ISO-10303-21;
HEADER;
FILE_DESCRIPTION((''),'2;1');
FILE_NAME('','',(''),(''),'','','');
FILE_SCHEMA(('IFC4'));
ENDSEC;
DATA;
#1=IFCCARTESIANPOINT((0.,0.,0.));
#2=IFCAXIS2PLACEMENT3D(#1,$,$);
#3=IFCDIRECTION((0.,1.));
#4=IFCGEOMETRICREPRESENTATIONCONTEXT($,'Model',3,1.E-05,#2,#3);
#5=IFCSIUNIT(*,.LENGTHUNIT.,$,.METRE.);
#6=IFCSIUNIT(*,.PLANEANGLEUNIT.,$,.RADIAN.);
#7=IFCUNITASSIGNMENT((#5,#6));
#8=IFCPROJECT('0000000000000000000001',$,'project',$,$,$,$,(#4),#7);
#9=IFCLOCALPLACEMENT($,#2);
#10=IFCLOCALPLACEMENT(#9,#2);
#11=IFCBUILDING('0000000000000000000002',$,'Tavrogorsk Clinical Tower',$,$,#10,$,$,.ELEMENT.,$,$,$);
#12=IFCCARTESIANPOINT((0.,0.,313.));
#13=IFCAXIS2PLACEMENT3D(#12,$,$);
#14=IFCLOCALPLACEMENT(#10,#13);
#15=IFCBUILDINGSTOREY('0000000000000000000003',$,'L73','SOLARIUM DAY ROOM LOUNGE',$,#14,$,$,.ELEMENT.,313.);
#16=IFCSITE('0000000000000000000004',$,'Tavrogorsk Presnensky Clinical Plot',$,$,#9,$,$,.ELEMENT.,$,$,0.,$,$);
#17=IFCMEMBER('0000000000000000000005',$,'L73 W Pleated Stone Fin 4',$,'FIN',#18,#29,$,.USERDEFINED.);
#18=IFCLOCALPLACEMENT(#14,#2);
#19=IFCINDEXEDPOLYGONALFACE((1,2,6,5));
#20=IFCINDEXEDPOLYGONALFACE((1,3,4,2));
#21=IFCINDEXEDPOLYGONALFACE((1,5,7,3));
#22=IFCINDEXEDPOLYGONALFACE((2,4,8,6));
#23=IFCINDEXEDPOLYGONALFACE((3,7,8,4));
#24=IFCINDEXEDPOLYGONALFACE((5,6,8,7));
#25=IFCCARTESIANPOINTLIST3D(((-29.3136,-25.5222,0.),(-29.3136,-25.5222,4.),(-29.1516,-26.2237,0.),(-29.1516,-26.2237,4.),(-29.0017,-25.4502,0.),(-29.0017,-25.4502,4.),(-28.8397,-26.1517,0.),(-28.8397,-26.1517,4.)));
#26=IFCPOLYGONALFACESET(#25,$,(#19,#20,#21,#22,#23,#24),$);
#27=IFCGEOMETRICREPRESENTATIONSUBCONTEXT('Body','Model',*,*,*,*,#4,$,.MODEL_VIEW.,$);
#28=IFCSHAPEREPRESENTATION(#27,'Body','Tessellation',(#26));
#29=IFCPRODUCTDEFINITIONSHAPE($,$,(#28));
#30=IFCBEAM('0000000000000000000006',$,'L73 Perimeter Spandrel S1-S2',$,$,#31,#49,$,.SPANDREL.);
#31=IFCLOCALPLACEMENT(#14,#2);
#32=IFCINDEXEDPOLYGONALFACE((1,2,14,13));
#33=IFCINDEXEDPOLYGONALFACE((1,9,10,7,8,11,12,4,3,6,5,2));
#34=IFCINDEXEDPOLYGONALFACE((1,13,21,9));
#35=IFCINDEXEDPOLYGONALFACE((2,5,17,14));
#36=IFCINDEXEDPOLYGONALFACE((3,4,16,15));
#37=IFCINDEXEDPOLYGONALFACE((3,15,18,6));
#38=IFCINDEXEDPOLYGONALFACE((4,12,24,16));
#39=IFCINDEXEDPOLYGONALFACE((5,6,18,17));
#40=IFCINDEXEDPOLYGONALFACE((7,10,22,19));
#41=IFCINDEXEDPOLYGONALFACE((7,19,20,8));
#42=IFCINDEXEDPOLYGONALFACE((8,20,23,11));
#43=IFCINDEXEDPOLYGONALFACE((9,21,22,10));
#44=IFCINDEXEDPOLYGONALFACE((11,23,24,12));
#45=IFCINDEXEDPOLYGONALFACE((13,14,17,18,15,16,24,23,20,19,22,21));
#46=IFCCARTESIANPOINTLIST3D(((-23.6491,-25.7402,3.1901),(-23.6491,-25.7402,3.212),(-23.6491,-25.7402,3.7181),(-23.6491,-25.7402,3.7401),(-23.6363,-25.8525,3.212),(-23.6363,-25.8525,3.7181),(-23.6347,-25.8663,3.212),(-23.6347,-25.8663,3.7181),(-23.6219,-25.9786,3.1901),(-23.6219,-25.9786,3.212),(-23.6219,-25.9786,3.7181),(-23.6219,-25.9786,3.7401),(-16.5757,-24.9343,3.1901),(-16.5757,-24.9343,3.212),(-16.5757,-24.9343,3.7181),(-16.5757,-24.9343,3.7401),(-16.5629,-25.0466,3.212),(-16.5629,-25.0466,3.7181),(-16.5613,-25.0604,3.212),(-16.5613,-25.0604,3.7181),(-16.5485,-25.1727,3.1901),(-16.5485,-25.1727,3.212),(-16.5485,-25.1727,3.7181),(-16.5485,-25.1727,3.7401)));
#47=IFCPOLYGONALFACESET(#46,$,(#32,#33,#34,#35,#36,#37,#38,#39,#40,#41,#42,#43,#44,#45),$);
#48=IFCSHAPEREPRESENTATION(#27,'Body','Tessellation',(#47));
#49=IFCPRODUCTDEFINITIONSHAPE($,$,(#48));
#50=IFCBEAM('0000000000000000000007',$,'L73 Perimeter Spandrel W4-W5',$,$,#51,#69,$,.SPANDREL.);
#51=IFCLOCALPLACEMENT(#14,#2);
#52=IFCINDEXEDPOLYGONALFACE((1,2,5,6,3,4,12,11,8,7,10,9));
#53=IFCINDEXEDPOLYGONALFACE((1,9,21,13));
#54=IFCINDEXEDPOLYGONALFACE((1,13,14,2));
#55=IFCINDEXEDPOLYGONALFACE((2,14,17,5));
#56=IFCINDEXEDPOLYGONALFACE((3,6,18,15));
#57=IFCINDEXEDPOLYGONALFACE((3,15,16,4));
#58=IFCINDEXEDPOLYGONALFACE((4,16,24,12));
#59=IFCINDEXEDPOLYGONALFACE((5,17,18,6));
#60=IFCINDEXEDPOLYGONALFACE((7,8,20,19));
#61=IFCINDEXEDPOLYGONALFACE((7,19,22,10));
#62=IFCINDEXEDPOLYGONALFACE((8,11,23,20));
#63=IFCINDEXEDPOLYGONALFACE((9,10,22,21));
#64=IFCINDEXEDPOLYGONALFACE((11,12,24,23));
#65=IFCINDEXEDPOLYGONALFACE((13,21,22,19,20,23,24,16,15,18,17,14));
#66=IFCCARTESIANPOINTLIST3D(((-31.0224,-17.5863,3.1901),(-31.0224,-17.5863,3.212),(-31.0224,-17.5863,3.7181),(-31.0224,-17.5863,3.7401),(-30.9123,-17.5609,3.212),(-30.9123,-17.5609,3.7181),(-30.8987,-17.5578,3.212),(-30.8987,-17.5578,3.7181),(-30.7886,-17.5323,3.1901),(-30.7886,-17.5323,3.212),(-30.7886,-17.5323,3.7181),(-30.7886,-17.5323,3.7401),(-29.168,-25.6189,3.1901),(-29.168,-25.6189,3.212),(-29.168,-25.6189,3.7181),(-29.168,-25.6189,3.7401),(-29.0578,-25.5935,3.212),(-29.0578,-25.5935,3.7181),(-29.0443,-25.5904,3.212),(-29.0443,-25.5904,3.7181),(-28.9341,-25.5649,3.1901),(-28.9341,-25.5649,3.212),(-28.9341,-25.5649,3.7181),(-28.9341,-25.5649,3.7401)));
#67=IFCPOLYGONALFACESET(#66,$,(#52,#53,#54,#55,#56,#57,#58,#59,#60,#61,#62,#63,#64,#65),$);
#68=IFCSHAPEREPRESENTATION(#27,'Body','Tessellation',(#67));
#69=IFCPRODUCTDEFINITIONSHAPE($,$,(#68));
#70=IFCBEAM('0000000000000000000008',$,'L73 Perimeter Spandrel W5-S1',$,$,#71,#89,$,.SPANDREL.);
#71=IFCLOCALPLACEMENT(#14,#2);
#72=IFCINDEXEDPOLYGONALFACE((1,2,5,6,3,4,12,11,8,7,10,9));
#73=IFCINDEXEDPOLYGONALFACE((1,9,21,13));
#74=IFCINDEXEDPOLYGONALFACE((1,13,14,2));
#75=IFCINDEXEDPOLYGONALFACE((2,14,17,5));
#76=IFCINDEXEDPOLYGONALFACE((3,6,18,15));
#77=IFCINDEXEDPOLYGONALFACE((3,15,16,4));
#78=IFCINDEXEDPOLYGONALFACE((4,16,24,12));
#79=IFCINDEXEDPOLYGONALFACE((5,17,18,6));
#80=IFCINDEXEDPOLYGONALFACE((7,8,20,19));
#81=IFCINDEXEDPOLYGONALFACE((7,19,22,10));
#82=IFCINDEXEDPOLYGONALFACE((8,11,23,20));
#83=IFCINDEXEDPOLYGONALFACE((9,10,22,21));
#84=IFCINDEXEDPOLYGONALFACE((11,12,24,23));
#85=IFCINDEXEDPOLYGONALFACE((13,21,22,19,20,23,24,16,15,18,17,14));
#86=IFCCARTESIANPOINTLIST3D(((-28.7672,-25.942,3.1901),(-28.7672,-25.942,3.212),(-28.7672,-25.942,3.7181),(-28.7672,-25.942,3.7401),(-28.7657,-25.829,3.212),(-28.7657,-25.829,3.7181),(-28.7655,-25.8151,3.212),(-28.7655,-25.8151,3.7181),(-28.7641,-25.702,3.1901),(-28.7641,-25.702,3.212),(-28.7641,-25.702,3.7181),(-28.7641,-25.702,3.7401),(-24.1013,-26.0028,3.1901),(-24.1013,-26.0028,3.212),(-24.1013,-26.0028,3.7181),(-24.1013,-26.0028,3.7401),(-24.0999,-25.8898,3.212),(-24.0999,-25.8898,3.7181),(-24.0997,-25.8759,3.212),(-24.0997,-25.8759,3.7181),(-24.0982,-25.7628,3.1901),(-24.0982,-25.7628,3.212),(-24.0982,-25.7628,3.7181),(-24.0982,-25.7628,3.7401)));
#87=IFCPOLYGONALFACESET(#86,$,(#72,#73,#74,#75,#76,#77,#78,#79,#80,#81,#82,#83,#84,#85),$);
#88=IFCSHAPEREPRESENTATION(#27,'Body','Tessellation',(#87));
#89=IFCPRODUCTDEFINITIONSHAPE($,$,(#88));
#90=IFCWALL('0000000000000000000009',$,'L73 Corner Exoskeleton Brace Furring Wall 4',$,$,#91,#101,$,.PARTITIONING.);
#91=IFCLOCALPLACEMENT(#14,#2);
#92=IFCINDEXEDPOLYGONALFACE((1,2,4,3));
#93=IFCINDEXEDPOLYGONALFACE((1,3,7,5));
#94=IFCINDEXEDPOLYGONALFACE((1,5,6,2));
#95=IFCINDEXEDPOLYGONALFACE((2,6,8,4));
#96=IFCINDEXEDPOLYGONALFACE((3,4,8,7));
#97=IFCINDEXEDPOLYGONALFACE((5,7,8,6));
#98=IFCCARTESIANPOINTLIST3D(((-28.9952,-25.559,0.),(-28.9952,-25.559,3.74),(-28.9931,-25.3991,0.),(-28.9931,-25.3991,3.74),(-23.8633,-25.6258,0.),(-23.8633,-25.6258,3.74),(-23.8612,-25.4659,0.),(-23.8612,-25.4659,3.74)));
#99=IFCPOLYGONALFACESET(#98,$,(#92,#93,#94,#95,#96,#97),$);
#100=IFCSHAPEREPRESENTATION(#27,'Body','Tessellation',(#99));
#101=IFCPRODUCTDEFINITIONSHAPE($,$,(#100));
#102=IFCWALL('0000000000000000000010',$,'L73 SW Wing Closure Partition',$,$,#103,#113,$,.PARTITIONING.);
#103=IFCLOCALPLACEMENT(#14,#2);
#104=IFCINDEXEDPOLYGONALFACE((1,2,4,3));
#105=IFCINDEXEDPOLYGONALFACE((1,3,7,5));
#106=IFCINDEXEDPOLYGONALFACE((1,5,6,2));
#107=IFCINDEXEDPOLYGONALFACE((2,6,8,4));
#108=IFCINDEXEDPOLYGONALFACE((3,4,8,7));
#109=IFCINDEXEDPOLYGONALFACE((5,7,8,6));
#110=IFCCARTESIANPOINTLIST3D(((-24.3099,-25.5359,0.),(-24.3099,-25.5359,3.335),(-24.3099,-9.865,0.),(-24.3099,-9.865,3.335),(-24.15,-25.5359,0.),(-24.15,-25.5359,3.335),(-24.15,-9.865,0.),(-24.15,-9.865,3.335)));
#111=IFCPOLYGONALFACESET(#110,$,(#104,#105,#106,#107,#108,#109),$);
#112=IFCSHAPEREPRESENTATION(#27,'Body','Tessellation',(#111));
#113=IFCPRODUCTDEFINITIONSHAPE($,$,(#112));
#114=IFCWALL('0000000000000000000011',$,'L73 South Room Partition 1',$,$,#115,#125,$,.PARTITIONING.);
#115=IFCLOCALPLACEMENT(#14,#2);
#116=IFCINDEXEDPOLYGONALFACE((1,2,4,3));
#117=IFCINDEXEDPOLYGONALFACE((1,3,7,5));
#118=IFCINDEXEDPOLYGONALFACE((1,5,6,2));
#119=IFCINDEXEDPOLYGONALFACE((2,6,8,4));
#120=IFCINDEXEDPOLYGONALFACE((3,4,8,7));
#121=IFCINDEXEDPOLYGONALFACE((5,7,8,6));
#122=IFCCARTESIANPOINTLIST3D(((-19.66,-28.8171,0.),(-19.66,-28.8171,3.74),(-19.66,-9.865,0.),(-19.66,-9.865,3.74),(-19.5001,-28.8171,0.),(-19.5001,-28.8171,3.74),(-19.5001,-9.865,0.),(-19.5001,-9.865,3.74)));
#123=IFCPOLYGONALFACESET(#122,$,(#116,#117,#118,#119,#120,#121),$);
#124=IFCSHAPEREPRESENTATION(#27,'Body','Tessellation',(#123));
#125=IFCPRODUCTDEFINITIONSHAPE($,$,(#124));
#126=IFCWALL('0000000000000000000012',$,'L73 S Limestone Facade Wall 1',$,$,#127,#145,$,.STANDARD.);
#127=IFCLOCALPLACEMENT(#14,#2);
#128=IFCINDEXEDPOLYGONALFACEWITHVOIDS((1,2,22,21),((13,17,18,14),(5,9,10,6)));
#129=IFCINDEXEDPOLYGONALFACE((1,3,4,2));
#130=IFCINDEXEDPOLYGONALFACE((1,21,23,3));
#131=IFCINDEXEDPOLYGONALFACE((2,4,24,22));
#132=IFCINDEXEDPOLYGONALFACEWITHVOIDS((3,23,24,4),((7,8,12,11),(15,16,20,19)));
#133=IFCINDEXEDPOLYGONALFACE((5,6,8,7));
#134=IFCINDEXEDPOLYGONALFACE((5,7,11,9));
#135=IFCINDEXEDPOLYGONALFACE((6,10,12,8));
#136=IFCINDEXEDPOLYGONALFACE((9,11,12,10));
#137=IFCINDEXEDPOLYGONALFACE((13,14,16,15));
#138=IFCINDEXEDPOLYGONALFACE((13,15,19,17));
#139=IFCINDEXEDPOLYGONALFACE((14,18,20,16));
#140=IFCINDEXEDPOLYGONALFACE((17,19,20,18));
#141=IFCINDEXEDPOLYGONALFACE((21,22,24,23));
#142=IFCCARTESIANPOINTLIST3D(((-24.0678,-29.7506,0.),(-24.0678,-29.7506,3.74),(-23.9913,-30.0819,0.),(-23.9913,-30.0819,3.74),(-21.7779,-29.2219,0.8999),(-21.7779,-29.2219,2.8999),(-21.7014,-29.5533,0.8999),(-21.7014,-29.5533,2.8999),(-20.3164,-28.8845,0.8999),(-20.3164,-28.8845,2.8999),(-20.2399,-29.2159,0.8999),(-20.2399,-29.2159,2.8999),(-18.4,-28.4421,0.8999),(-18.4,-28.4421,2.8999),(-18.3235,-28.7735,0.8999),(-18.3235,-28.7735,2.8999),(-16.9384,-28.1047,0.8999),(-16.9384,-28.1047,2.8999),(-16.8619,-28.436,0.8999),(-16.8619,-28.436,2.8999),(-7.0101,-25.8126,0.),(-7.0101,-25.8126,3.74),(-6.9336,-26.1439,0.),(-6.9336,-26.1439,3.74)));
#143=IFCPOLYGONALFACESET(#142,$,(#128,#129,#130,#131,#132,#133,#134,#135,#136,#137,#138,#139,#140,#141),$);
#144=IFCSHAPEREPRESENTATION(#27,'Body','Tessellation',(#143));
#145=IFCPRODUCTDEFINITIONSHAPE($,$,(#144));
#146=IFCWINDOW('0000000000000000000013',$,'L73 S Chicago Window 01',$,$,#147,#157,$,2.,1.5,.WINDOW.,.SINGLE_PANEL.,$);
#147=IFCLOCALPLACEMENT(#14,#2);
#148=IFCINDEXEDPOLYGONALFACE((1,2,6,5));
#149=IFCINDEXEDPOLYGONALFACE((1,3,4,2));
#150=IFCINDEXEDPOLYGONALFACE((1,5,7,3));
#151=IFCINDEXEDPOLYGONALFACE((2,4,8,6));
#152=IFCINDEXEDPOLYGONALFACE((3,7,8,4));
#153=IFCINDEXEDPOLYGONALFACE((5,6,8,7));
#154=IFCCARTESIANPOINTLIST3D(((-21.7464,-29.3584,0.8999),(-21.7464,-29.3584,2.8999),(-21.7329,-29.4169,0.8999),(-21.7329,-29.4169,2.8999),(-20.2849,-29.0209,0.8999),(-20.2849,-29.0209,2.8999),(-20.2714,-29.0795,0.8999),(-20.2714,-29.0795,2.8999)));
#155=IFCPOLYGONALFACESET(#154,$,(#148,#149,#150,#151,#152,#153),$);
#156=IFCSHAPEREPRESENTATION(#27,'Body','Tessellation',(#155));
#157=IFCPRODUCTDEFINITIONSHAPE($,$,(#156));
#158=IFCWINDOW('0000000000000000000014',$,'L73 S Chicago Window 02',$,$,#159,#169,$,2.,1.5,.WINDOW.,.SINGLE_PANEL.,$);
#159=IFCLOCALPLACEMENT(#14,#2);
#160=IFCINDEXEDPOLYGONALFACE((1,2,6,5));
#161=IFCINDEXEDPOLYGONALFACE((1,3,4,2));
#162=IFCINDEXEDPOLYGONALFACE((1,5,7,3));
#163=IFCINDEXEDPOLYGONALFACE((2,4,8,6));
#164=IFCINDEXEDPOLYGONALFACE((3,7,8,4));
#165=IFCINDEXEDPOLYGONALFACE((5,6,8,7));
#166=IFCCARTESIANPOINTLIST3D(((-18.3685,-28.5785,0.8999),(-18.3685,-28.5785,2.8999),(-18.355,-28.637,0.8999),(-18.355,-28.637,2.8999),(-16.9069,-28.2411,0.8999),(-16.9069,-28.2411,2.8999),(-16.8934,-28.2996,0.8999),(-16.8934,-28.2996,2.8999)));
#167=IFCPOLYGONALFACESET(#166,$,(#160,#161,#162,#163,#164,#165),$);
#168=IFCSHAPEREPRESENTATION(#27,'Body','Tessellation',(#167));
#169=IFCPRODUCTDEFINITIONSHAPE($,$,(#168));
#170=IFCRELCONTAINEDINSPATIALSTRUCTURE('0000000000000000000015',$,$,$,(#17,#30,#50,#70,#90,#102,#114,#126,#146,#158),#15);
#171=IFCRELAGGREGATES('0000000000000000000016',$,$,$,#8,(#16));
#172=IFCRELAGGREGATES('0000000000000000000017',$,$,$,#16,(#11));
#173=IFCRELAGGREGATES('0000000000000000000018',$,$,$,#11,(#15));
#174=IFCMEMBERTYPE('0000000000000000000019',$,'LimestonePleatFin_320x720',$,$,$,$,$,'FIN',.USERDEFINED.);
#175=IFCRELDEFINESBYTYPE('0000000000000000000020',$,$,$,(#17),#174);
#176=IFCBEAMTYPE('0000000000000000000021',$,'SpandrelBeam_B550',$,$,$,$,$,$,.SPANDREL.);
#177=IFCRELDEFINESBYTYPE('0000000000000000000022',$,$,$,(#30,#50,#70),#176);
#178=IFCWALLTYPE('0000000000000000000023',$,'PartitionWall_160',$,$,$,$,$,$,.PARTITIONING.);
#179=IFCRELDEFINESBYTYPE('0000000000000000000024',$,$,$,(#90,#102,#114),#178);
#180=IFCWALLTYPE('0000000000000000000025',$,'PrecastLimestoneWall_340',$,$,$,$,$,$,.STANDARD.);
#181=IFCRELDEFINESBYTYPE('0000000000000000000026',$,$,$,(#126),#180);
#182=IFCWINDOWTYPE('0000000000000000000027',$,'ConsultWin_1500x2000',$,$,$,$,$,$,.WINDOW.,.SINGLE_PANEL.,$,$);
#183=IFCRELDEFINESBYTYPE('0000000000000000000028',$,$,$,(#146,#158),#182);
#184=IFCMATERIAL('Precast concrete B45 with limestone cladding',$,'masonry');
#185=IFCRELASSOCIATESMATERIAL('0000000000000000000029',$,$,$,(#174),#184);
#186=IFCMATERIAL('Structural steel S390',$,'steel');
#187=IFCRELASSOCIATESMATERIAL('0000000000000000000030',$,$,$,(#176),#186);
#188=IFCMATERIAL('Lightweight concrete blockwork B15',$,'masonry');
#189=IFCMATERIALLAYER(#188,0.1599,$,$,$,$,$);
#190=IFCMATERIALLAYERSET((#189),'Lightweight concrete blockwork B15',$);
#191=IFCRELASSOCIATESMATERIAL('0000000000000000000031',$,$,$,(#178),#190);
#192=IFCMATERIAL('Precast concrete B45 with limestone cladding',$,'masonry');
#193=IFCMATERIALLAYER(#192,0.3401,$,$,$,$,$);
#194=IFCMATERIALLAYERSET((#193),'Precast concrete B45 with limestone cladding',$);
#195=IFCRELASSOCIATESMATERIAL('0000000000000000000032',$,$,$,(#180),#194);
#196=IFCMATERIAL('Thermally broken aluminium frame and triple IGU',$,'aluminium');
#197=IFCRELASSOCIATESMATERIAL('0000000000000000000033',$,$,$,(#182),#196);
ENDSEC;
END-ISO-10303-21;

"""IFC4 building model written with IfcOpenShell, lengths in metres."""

from ifc_helpers import new_model, si_unit, direction, frame, frame_2d, origin, origin_2d, place, context, subcontext, project, spatial, rectangle, i_section, extrude, material, layer, layer_set, material_profile, profile_set, type_object, element, fill, save


model = new_model("IFC4")

# Units and contexts
model_context = context("Model", 3, precision=1e-05, world=origin(), true_north=direction((0.0, 1.0)))
body_context = subcontext(model_context, "Body", "Model", "MODEL_VIEW")
ifc_project = project(units=[si_unit("LENGTHUNIT", "METRE"), si_unit("PLANEANGLEUNIT", "RADIAN")], contexts=[model_context])

# Site, building, storey
site_placement = place(None, origin())
site = spatial("IfcSite", under=ifc_project, at=site_placement, Name="Tavrogorsk Presnensky Clinical Plot", CompositionType="ELEMENT", RefElevation=0.0)
building_placement = place(site_placement, origin())
building = spatial("IfcBuilding", under=site, at=building_placement, Name="Tavrogorsk Clinical Tower", CompositionType="ELEMENT")
storey_placement = place(building_placement, frame((0.0, 0.0, 313.0)))
storey = spatial("IfcBuildingStorey", under=building, at=storey_placement, Name="L73", Description="SOLARIUM DAY ROOM LOUNGE", CompositionType="ELEMENT", Elevation=313.0)

# Member
ifc_material_1 = material(Name="Precast concrete B45 with limestone cladding", Category="masonry")
ifc_material_profile_1 = material_profile(ifc_material_1, rectangle(XDim=0.3201, YDim=0.72, at=origin_2d()), Name="LIMESTONE-FIN-320x720")
ifc_profile_set_1 = profile_set([ifc_material_profile_1], Name="Precast concrete B45 with limestone cladding")
member_type_1 = type_object("IfcMemberType", Name="LimestonePleatFin_320x720", ElementType="FIN", PredefinedType="USERDEFINED", material=ifc_profile_set_1)
for number, where, z_axis, x_axis, name in (
    (1, (-29.0767, -25.8369, 0.0), (0.0, 0.0, 1.0), (0.97437, 0.224951, 0.0), "L73 W Pleated Stone Fin 4"),
):
    element("IfcMember", number, at=place(storey_placement, frame(where, z_axis=z_axis, x_axis=x_axis)), inside=storey, type_object=member_type_1, Name=name, ObjectType="FIN", PredefinedType="USERDEFINED", context=body_context, shape_type="SweptSolid", body=[
        extrude(rectangle(XDim=0.3201, YDim=0.72, at=origin_2d()), origin(), (0.0, 0.0, 1.0), 4.0),
    ])

# Beams
ifc_material_2 = material(Name="Structural steel S390", Category="steel")
ifc_material_profile_2 = material_profile(ifc_material_2, i_section(OverallWidth=0.24, OverallDepth=0.55, WebThickness=0.0139, FlangeThickness=0.022, at=origin_2d()), Name="B-550x240x14x22")
ifc_profile_set_2 = profile_set([ifc_material_profile_2], Name="Structural steel S390")
beam_type_1 = type_object("IfcBeamType", Name="SpandrelBeam_B550", PredefinedType="SPANDREL", material=ifc_profile_set_2)
beam_1_placement = place(storey_placement, frame((-23.6355, -25.8594, 3.4651), z_axis=(0.993572, 0.113201, 0.0), x_axis=(-0.113201, 0.993572, 0.0)))
element("IfcBeam", 2, at=beam_1_placement, inside=storey, type_object=beam_type_1, Name="L73 Perimeter Spandrel S1-S2", PredefinedType="SPANDREL", context=body_context, shape_type="SweptSolid", body=[
    extrude(i_section(OverallWidth=0.24, OverallDepth=0.55, WebThickness=0.0139, FlangeThickness=0.022, at=origin_2d()), origin(), (0.0, 0.0, 1.0), 7.1191),
])
beam_2_placement = place(storey_placement, frame((-30.9055, -17.5593, 3.4651), z_axis=(0.22495, -0.97437, 0.0), x_axis=(0.97437, 0.22495, 0.0)))
element("IfcBeam", 3, at=beam_2_placement, inside=storey, type_object=beam_type_1, Name="L73 Perimeter Spandrel W4-W5", PredefinedType="SPANDREL", context=body_context, shape_type="SweptSolid", body=[
    extrude(i_section(OverallWidth=0.24, OverallDepth=0.55, WebThickness=0.0139, FlangeThickness=0.022, at=origin_2d()), origin(), (0.0, 0.0, 1.0), 8.2439),
])
beam_3_placement = place(storey_placement, frame((-28.7656, -25.822, 3.4651), z_axis=(0.999915, -0.013028, 0.0), x_axis=(0.013028, 0.999915, 0.0)))
element("IfcBeam", 4, at=beam_3_placement, inside=storey, type_object=beam_type_1, Name="L73 Perimeter Spandrel W5-S1", PredefinedType="SPANDREL", context=body_context, shape_type="SweptSolid", body=[
    extrude(i_section(OverallWidth=0.24, OverallDepth=0.55, WebThickness=0.0139, FlangeThickness=0.022, at=origin_2d()), origin(), (0.0, 0.0, 1.0), 4.6663),
])

# Walls
ifc_material_3 = material(Name="Lightweight concrete blockwork B15", Category="masonry")
ifc_layer_1 = layer(ifc_material_3, 0.1599)
ifc_layer_set_1 = layer_set([ifc_layer_1], Name="Lightweight concrete blockwork B15")
wall_type_1 = type_object("IfcWallType", Name="PartitionWall_160", PredefinedType="PARTITIONING", material=ifc_layer_set_1)
wall_1_placement = place(storey_placement, frame((-28.9941, -25.479, 0.0), z_axis=(0.0, 0.0, 1.0), x_axis=(0.999915, -0.013034, 0.0)))
element("IfcWall", 5, at=wall_1_placement, inside=storey, type_object=wall_type_1, Name="L73 Corner Exoskeleton Brace Furring Wall 4", PredefinedType="PARTITIONING", context=body_context, shape_type="SweptSolid", body=[
    extrude(rectangle(XDim=5.1323, YDim=0.1599, at=frame_2d((2.5662, 0.0))), origin(), (0.0, 0.0, 1.0), 3.74),
])
wall_2_placement = place(storey_placement, frame((-24.23, -25.5359, 0.0), z_axis=(0.0, 0.0, 1.0), x_axis=(0.0, 1.0, 0.0)))
element("IfcWall", 6, at=wall_2_placement, inside=storey, type_object=wall_type_1, Name="L73 SW Wing Closure Partition", PredefinedType="PARTITIONING", context=body_context, shape_type="SweptSolid", body=[
    extrude(rectangle(XDim=15.6709, YDim=0.1599, at=frame_2d((7.8354, 0.0))), origin(), (0.0, 0.0, 1.0), 3.335),
])
wall_3_placement = place(storey_placement, frame((-19.5801, -28.8171, 0.0), z_axis=(0.0, 0.0, 1.0), x_axis=(0.0, 1.0, 0.0)))
element("IfcWall", 7, at=wall_3_placement, inside=storey, type_object=wall_type_1, Name="L73 South Room Partition 1", PredefinedType="PARTITIONING", context=body_context, shape_type="SweptSolid", body=[
    extrude(rectangle(XDim=18.9521, YDim=0.1599, at=frame_2d((9.4761, 0.0))), origin(), (0.0, 0.0, 1.0), 3.74),
])

# Wall, openings, windows
ifc_material_4 = material(Name="Precast concrete B45 with limestone cladding", Category="masonry")
ifc_layer_2 = layer(ifc_material_4, 0.3401)
ifc_layer_set_2 = layer_set([ifc_layer_2], Name="Precast concrete B45 with limestone cladding")
wall_type_2 = type_object("IfcWallType", Name="PrecastLimestoneWall_340", PredefinedType="STANDARD", material=ifc_layer_set_2)
wall_4_placement = place(storey_placement, frame((-24.0295, -29.9163, 0.0), z_axis=(0.0, 0.0, 1.0), x_axis=(0.974371, 0.224947, 0.0)))
wall_4 = element("IfcWall", 8, at=wall_4_placement, inside=storey, type_object=wall_type_2, Name="L73 S Limestone Facade Wall 1", PredefinedType="STANDARD", context=body_context, shape_type="SweptSolid", body=[
    extrude(rectangle(XDim=17.5063, YDim=0.3401, at=frame_2d((8.7532, 0.0))), origin(), (0.0, 0.0, 1.0), 3.74),
])
opening_1_placement = place(wall_4_placement, frame((2.3501, 0.0, 0.8999)))
opening_1 = element("IfcOpeningElement", 9, at=opening_1_placement, cuts=wall_4, PredefinedType="OPENING", context=body_context, shape_type="SweptSolid", body=[
    extrude(rectangle(XDim=1.5, YDim=2.0, at=frame_2d((0.75, 1.0))), frame((0.0, 0.1799, 0.0), z_axis=(0.0, -1.0, 0.0), x_axis=(1.0, 0.0, 0.0)), (0.0, 0.0, 1.0), 0.3601),
])
opening_2_placement = place(wall_4_placement, frame((5.8169, 0.0, 0.8999)))
opening_2 = element("IfcOpeningElement", 10, at=opening_2_placement, cuts=wall_4, PredefinedType="OPENING", context=body_context, shape_type="SweptSolid", body=[
    extrude(rectangle(XDim=1.5, YDim=2.0, at=frame_2d((0.75, 1.0))), frame((0.0, 0.1799, 0.0), z_axis=(0.0, -1.0, 0.0), x_axis=(1.0, 0.0, 0.0)), (0.0, 0.0, 1.0), 0.3601),
])
ifc_material_5 = material(Name="Thermally broken aluminium frame and triple IGU", Category="aluminium")
window_type = type_object("IfcWindowType", Name="ConsultWin_1500x2000", PartitioningType="SINGLE_PANEL", PredefinedType="WINDOW", material=ifc_material_5)
window_1_placement = place(opening_1_placement, origin())
window_1 = element("IfcWindow", 11, at=window_1_placement, inside=storey, type_object=window_type, Name="L73 S Chicago Window 01", OverallHeight=2.0, OverallWidth=1.5, PartitioningType="SINGLE_PANEL", PredefinedType="WINDOW", context=body_context, shape_type="SweptSolid", body=[
    extrude(rectangle(XDim=1.5, YDim=2.0, at=frame_2d((0.75, 1.0))), frame((0.0, 0.03, 0.0), z_axis=(0.0, -1.0, 0.0), x_axis=(1.0, 0.0, 0.0)), (0.0, 0.0, 1.0), 0.0601),
])
fill(opening_1, window_1)
window_2_placement = place(opening_2_placement, origin())
window_2 = element("IfcWindow", 12, at=window_2_placement, inside=storey, type_object=window_type, Name="L73 S Chicago Window 02", OverallHeight=2.0, OverallWidth=1.5, PartitioningType="SINGLE_PANEL", PredefinedType="WINDOW", context=body_context, shape_type="SweptSolid", body=[
    extrude(rectangle(XDim=1.5, YDim=2.0, at=frame_2d((0.75, 1.0))), frame((0.0, 0.03, 0.0), z_axis=(0.0, -1.0, 0.0), x_axis=(1.0, 0.0, 0.0)), (0.0, 0.0, 1.0), 0.0601),
])
fill(opening_2, window_2)

save(model, "model.ifc")
